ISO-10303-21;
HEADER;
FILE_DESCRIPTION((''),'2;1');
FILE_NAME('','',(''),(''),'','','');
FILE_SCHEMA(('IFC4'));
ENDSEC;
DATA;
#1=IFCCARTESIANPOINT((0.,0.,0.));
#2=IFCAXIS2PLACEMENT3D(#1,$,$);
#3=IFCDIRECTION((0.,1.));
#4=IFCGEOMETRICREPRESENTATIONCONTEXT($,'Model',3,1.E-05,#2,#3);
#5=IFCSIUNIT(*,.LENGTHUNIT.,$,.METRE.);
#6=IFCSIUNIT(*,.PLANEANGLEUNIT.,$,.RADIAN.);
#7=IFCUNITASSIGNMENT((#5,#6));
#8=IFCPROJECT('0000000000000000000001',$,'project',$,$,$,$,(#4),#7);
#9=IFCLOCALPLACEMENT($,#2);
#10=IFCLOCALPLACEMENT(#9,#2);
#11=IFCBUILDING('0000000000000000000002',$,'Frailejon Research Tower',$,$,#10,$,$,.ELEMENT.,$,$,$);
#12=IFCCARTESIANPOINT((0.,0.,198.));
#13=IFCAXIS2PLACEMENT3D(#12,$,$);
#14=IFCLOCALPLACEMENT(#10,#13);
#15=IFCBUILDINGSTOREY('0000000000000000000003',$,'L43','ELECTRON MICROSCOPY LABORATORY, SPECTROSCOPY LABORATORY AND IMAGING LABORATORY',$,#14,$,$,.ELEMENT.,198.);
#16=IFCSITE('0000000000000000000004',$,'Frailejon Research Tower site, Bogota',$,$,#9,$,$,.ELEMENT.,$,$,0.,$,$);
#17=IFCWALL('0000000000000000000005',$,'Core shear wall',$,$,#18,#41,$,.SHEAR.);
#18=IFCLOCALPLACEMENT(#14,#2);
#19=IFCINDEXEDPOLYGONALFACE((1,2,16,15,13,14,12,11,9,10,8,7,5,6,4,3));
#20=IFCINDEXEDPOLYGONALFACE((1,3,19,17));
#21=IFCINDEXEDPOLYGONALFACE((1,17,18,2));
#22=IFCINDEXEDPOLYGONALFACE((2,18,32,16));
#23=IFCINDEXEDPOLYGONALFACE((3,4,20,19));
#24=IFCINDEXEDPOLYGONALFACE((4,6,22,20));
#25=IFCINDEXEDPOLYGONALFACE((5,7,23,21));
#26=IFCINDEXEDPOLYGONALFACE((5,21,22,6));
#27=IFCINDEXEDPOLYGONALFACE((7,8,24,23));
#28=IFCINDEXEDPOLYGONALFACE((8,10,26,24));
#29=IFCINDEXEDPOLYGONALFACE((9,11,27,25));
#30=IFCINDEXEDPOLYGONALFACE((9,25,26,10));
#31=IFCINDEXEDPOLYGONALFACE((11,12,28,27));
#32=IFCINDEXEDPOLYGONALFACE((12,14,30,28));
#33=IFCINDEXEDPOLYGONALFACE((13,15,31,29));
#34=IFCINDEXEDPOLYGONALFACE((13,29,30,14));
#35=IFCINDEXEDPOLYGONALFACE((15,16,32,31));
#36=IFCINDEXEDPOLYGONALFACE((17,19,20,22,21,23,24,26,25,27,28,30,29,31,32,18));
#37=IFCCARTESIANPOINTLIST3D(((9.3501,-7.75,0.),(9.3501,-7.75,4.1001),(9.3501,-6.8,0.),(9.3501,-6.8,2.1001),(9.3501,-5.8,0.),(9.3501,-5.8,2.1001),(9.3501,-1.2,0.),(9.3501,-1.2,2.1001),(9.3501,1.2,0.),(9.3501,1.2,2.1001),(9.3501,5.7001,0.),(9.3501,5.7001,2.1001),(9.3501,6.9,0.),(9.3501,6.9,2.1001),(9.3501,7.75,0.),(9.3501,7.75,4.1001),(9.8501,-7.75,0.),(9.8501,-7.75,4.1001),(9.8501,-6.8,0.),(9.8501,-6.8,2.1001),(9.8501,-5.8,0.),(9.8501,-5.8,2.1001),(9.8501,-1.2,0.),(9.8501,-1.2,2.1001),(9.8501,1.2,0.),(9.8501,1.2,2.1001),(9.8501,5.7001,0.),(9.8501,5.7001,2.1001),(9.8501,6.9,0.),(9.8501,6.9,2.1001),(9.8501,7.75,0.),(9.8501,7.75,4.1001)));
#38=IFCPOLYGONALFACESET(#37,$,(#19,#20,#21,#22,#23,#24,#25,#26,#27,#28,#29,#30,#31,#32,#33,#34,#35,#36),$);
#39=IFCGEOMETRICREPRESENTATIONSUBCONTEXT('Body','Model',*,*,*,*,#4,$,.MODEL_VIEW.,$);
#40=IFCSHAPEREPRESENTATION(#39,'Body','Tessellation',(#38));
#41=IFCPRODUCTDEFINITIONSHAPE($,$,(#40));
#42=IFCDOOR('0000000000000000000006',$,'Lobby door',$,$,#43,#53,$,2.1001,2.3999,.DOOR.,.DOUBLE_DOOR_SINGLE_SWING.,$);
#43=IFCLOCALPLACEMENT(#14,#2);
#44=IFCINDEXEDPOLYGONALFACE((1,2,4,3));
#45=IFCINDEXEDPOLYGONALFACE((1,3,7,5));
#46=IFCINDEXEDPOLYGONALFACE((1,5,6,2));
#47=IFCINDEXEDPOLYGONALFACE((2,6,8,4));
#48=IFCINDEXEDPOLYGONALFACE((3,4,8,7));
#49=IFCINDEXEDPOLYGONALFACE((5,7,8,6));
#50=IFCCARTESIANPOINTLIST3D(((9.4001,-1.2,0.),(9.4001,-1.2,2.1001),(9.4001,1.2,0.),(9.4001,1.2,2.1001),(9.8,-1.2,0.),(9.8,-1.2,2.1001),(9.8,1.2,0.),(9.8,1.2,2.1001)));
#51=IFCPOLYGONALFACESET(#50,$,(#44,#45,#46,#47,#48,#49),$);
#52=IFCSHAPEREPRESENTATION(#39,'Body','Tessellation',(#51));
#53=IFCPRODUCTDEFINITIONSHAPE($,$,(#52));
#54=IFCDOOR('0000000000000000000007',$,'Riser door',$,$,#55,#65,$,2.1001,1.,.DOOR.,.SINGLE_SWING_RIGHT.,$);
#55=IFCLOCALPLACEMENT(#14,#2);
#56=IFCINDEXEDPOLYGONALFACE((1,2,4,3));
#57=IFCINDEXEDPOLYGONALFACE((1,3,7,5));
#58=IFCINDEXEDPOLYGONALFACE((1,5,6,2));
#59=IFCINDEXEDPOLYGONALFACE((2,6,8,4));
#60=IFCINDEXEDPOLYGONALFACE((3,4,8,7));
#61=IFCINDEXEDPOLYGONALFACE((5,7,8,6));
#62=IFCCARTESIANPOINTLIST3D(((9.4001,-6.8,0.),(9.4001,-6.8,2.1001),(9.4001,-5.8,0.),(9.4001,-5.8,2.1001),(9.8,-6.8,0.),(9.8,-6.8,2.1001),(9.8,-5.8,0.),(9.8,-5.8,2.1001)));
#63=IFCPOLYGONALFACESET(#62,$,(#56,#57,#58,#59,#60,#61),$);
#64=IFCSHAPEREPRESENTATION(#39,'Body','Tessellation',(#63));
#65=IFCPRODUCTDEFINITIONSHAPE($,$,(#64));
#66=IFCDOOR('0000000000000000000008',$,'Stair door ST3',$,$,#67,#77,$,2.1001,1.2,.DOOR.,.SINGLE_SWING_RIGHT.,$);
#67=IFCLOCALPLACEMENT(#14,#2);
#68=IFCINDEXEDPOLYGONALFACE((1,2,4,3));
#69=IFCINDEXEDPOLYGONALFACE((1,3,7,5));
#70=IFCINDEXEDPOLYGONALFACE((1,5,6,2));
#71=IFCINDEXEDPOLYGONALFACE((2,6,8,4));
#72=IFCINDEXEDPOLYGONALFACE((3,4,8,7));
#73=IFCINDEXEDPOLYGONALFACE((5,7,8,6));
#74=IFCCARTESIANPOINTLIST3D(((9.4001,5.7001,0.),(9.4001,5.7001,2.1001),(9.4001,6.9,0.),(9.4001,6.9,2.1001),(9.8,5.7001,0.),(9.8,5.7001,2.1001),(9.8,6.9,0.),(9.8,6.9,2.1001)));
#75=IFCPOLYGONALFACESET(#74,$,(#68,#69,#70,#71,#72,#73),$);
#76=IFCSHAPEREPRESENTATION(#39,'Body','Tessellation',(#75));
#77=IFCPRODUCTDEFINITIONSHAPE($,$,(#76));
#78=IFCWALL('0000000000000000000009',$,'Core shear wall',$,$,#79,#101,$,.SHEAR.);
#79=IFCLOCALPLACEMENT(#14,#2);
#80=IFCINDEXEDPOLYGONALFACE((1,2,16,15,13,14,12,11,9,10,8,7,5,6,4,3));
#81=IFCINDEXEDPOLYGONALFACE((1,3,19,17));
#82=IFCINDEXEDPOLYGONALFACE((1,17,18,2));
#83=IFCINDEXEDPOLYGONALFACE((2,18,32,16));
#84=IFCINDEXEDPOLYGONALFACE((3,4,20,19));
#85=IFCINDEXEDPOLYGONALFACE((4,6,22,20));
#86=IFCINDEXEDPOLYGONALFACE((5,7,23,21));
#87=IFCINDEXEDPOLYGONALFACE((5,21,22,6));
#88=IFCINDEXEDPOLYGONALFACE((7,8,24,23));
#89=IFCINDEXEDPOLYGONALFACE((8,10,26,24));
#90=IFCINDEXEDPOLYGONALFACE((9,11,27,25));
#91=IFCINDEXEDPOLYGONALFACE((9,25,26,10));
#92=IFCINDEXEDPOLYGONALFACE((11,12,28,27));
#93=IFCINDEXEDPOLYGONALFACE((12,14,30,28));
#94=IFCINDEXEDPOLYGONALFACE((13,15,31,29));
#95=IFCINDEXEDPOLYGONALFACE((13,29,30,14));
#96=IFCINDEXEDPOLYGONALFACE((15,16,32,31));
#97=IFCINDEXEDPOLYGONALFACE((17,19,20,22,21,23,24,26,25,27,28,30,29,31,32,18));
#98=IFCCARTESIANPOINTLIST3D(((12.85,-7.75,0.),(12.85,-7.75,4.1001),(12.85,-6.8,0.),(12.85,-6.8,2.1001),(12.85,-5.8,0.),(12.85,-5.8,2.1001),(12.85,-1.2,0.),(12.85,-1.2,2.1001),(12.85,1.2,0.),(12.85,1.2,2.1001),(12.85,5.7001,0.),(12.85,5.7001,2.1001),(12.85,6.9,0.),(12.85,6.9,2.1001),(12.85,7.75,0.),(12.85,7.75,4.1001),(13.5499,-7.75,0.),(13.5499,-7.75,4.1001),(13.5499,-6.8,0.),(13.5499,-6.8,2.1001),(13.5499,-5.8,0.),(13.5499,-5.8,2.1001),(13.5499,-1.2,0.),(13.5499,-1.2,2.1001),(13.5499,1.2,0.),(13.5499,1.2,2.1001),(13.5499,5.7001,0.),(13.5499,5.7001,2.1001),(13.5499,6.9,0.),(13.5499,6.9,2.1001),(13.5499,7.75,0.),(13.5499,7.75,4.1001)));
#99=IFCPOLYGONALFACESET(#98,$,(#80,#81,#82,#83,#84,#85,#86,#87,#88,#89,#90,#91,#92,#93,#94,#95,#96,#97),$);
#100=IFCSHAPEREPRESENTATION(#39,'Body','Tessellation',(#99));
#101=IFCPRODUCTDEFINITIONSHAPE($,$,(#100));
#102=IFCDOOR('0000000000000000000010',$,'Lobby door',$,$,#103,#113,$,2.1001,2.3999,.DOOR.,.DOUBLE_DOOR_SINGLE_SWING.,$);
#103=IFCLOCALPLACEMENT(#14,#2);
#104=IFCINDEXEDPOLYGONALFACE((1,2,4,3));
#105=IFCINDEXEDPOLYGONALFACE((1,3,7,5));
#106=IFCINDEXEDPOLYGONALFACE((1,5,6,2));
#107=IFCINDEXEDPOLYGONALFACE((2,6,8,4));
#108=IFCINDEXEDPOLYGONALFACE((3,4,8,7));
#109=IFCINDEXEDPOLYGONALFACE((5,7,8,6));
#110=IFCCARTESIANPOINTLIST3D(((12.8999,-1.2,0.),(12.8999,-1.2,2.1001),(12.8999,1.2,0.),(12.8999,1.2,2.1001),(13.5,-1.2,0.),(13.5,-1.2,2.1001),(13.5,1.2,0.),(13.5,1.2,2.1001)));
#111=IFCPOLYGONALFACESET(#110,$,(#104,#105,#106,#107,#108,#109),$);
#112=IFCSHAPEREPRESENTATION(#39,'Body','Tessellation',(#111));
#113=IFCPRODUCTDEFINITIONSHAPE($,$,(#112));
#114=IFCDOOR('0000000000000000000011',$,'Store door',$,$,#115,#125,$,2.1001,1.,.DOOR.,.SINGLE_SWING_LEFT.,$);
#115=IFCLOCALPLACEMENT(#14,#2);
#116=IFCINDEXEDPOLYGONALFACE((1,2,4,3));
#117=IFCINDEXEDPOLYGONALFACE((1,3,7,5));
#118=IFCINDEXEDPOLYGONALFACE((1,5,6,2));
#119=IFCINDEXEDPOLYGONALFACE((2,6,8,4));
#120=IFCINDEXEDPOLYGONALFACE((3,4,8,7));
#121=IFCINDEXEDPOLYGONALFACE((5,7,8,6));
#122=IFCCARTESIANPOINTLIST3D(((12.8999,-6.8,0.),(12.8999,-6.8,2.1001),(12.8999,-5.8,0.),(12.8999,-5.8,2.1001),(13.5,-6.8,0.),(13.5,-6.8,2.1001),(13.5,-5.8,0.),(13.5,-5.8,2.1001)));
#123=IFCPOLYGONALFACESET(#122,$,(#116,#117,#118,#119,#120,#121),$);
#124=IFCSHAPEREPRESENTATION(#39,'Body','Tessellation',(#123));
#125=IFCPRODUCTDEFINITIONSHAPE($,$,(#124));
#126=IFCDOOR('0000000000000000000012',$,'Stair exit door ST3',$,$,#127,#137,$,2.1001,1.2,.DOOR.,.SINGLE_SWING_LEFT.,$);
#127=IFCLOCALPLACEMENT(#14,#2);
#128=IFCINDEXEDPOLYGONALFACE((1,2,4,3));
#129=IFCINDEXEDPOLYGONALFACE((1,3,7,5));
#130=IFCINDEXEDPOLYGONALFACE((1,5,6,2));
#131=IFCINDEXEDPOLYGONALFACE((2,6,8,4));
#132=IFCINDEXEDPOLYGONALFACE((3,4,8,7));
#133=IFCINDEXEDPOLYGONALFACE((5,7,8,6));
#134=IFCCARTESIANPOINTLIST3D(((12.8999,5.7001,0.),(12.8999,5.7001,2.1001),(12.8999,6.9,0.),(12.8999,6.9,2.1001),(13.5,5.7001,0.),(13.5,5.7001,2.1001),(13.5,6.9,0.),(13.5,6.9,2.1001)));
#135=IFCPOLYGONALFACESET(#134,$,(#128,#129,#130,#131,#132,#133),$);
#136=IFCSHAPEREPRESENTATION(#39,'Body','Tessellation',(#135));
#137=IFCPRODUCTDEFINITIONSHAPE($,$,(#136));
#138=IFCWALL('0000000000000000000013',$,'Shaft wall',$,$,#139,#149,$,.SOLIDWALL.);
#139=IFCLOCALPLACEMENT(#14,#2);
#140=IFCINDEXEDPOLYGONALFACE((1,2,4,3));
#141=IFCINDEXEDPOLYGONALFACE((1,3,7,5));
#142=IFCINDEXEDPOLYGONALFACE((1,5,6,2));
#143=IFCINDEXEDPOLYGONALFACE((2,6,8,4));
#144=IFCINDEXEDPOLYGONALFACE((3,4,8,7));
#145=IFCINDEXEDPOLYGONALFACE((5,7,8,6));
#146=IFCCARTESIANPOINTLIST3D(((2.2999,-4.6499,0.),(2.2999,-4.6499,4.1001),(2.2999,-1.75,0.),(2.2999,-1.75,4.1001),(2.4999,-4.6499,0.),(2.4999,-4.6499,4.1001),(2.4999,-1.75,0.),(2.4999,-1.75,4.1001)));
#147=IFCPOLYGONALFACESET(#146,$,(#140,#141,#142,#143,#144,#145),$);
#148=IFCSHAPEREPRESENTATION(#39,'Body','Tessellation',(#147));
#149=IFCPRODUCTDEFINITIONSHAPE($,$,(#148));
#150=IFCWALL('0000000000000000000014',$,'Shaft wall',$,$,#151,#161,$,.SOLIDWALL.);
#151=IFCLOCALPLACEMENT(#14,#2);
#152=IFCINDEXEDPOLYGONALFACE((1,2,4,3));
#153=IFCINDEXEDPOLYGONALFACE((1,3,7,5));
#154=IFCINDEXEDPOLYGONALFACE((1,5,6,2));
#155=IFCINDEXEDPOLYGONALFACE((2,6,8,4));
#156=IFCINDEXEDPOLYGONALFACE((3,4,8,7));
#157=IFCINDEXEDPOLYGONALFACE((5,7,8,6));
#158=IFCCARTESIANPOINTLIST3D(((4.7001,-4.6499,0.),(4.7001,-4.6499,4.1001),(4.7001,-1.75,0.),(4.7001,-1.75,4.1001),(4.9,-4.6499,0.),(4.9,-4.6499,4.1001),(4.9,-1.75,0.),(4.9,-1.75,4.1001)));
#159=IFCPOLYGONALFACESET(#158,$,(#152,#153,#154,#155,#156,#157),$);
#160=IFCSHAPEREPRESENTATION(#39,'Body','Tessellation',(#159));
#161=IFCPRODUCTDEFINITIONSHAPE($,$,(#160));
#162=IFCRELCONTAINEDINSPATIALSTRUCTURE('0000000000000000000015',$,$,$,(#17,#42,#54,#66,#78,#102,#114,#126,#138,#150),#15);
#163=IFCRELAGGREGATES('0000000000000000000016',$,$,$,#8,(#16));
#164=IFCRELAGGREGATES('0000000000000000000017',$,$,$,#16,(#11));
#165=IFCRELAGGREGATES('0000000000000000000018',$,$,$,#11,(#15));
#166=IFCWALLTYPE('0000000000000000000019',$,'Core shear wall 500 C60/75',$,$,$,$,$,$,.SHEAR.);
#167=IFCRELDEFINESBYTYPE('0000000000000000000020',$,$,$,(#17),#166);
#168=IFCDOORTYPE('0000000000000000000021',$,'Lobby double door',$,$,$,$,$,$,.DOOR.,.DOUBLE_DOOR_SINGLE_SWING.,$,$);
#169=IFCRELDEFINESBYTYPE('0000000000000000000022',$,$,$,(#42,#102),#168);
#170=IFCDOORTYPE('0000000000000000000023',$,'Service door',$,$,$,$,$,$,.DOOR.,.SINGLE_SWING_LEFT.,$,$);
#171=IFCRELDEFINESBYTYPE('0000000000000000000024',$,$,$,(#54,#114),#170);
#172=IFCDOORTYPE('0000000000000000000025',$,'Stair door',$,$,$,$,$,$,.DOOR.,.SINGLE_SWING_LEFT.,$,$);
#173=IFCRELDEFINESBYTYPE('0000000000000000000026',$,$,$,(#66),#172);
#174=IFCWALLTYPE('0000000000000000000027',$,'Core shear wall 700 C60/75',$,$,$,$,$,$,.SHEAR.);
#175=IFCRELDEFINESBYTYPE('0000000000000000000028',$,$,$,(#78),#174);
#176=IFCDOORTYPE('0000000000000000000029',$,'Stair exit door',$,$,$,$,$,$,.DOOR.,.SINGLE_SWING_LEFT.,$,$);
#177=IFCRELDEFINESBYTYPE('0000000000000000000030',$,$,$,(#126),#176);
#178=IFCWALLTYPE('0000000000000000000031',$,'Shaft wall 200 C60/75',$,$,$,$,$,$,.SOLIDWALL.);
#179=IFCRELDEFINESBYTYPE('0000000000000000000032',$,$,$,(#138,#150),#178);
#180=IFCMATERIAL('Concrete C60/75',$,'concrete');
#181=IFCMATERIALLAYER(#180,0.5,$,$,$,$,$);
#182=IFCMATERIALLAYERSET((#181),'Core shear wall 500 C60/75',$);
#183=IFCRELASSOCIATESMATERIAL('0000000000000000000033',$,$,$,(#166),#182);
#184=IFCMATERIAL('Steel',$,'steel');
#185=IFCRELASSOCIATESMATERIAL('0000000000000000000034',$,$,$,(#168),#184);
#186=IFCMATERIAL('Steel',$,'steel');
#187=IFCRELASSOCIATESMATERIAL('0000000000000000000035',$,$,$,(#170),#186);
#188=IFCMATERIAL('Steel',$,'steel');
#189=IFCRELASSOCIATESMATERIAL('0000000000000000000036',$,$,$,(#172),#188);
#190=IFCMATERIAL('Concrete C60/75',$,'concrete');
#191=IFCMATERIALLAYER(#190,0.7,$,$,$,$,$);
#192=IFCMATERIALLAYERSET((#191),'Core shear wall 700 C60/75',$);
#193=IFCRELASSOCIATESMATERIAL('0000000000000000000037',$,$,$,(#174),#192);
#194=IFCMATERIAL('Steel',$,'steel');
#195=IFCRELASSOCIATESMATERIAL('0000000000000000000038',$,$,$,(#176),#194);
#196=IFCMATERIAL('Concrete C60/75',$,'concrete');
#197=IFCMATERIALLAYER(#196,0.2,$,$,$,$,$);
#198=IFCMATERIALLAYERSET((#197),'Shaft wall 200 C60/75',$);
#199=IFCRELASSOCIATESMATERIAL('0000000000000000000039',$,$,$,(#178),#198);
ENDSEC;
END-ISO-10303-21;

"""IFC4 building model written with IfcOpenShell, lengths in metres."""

from ifc_helpers import new_model, si_unit, direction, frame, frame_2d, origin, place, context, subcontext, project, spatial, rectangle, extrude, material, layer, layer_set, type_object, element, fill, save


model = new_model("IFC4")

# Units and contexts
model_context = context("Model", 3, precision=1e-05, world=origin(), true_north=direction((0.0, 1.0)))
body_context = subcontext(model_context, "Body", "Model", "MODEL_VIEW")
ifc_project = project(units=[si_unit("LENGTHUNIT", "METRE"), si_unit("PLANEANGLEUNIT", "RADIAN")], contexts=[model_context])

# Site, building, storey
site_placement = place(None, origin())
site = spatial("IfcSite", under=ifc_project, at=site_placement, Name="Frailejon Research Tower site, Bogota", CompositionType="ELEMENT", RefElevation=0.0)
building_placement = place(site_placement, origin())
building = spatial("IfcBuilding", under=site, at=building_placement, Name="Frailejon Research Tower", CompositionType="ELEMENT")
storey_placement = place(building_placement, frame((0.0, 0.0, 198.0)))
storey = spatial("IfcBuildingStorey", under=building, at=storey_placement, Name="L43", Description="ELECTRON MICROSCOPY LABORATORY, SPECTROSCOPY LABORATORY AND IMAGING LABORATORY", CompositionType="ELEMENT", Elevation=198.0)

# Walls, openings, doors
ifc_material_1 = material(Name="Concrete C60/75", Category="concrete")
ifc_layer_1 = layer(ifc_material_1, 0.5)
ifc_layer_set_1 = layer_set([ifc_layer_1], Name="Core shear wall 500 C60/75")
wall_type_1 = type_object("IfcWallType", Name="Core shear wall 500 C60/75", PredefinedType="SHEAR", material=ifc_layer_set_1)
wall_1_placement = place(storey_placement, frame((9.6001, -7.75, 0.0), z_axis=(0.0, 0.0, 1.0), x_axis=(0.0, 1.0, 0.0)))
wall_1 = element("IfcWall", 1, at=wall_1_placement, inside=storey, type_object=wall_type_1, Name="Core shear wall", PredefinedType="SHEAR", context=body_context, shape_type="SweptSolid", body=[
    extrude(rectangle(XDim=15.5, YDim=0.5, at=frame_2d((7.75, 0.0))), origin(), (0.0, 0.0, 1.0), 4.1001),
])
opening_1_placement = place(wall_1_placement, frame((6.55, 0.0, 0.0)))
opening_1 = element("IfcOpeningElement", 2, at=opening_1_placement, cuts=wall_1, PredefinedType="OPENING", context=body_context, shape_type="SweptSolid", body=[
    extrude(rectangle(XDim=2.3999, YDim=2.1001, at=frame_2d((1.2, 1.05))), frame((0.0, 0.26, 0.0), z_axis=(0.0, -1.0, 0.0), x_axis=(1.0, 0.0, 0.0)), (0.0, 0.0, 1.0), 0.52),
])
opening_2_placement = place(wall_1_placement, frame((13.45, 0.0, 0.0)))
opening_2 = element("IfcOpeningElement", 3, at=opening_2_placement, cuts=wall_1, PredefinedType="OPENING", context=body_context, shape_type="SweptSolid", body=[
    extrude(rectangle(XDim=1.2, YDim=2.1001, at=frame_2d((0.6001, 1.05))), frame((0.0, 0.26, 0.0), z_axis=(0.0, -1.0, 0.0), x_axis=(1.0, 0.0, 0.0)), (0.0, 0.0, 1.0), 0.52),
])
opening_3_placement = place(wall_1_placement, frame((0.95, 0.0, 0.0)))
opening_3 = element("IfcOpeningElement", 4, at=opening_3_placement, cuts=wall_1, PredefinedType="OPENING", context=body_context, shape_type="SweptSolid", body=[
    extrude(rectangle(XDim=1.0, YDim=2.1001, at=frame_2d((0.5, 1.05))), frame((0.0, 0.26, 0.0), z_axis=(0.0, -1.0, 0.0), x_axis=(1.0, 0.0, 0.0)), (0.0, 0.0, 1.0), 0.52),
])
ifc_material_2 = material(Name="Steel", Category="steel")
door_type_1 = type_object("IfcDoorType", Name="Lobby double door", OperationType="DOUBLE_DOOR_SINGLE_SWING", PredefinedType="DOOR", material=ifc_material_2)
door_1_placement = place(opening_1_placement, origin())
door_1 = element("IfcDoor", 5, at=door_1_placement, inside=storey, type_object=door_type_1, Name="Lobby door", OperationType="DOUBLE_DOOR_SINGLE_SWING", OverallHeight=2.1001, OverallWidth=2.3999, PredefinedType="DOOR", context=body_context, shape_type="SweptSolid", body=[
    extrude(rectangle(XDim=2.3999, YDim=2.1001, at=frame_2d((1.2, 1.05))), frame((0.0, 0.2, 0.0), z_axis=(0.0, -1.0, 0.0), x_axis=(1.0, 0.0, 0.0)), (0.0, 0.0, 1.0), 0.3999),
])
fill(opening_1, door_1)
ifc_material_3 = material(Name="Steel", Category="steel")
door_type_2 = type_object("IfcDoorType", Name="Service door", OperationType="SINGLE_SWING_LEFT", PredefinedType="DOOR", material=ifc_material_3)
door_2_placement = place(opening_3_placement, origin())
door_2 = element("IfcDoor", 6, at=door_2_placement, inside=storey, type_object=door_type_2, Name="Riser door", OperationType="SINGLE_SWING_RIGHT", OverallHeight=2.1001, OverallWidth=1.0, PredefinedType="DOOR", context=body_context, shape_type="SweptSolid", body=[
    extrude(rectangle(XDim=1.0, YDim=2.1001, at=frame_2d((0.5, 1.05))), frame((0.0, 0.2, 0.0), z_axis=(0.0, -1.0, 0.0), x_axis=(1.0, 0.0, 0.0)), (0.0, 0.0, 1.0), 0.3999),
])
fill(opening_3, door_2)
ifc_material_4 = material(Name="Steel", Category="steel")
door_type_3 = type_object("IfcDoorType", Name="Stair door", OperationType="SINGLE_SWING_LEFT", PredefinedType="DOOR", material=ifc_material_4)
door_3_placement = place(opening_2_placement, origin())
door_3 = element("IfcDoor", 7, at=door_3_placement, inside=storey, type_object=door_type_3, Name="Stair door ST3", OperationType="SINGLE_SWING_RIGHT", OverallHeight=2.1001, OverallWidth=1.2, PredefinedType="DOOR", context=body_context, shape_type="SweptSolid", body=[
    extrude(rectangle(XDim=1.2, YDim=2.1001, at=frame_2d((0.6001, 1.05))), frame((0.0, 0.2, 0.0), z_axis=(0.0, -1.0, 0.0), x_axis=(1.0, 0.0, 0.0)), (0.0, 0.0, 1.0), 0.3999),
])
fill(opening_2, door_3)
ifc_material_5 = material(Name="Concrete C60/75", Category="concrete")
ifc_layer_2 = layer(ifc_material_5, 0.7)
ifc_layer_set_2 = layer_set([ifc_layer_2], Name="Core shear wall 700 C60/75")
wall_type_2 = type_object("IfcWallType", Name="Core shear wall 700 C60/75", PredefinedType="SHEAR", material=ifc_layer_set_2)
wall_2_placement = place(storey_placement, frame((13.2, -7.75, 0.0), z_axis=(0.0, 0.0, 1.0), x_axis=(0.0, 1.0, 0.0)))
wall_2 = element("IfcWall", 8, at=wall_2_placement, inside=storey, type_object=wall_type_2, Name="Core shear wall", PredefinedType="SHEAR", context=body_context, shape_type="SweptSolid", body=[
    extrude(rectangle(XDim=15.5, YDim=0.7, at=frame_2d((7.75, 0.0))), origin(), (0.0, 0.0, 1.0), 4.1001),
])
opening_4_placement = place(wall_2_placement, frame((6.55, 0.0, 0.0)))
opening_4 = element("IfcOpeningElement", 9, at=opening_4_placement, cuts=wall_2, PredefinedType="OPENING", context=body_context, shape_type="SweptSolid", body=[
    extrude(rectangle(XDim=2.3999, YDim=2.1001, at=frame_2d((1.2, 1.05))), frame((0.0, 0.3599, 0.0), z_axis=(0.0, -1.0, 0.0), x_axis=(1.0, 0.0, 0.0)), (0.0, 0.0, 1.0), 0.72),
])
opening_5_placement = place(wall_2_placement, frame((13.45, 0.0, 0.0)))
opening_5 = element("IfcOpeningElement", 10, at=opening_5_placement, cuts=wall_2, PredefinedType="OPENING", context=body_context, shape_type="SweptSolid", body=[
    extrude(rectangle(XDim=1.2, YDim=2.1001, at=frame_2d((0.6001, 1.05))), frame((0.0, 0.3599, 0.0), z_axis=(0.0, -1.0, 0.0), x_axis=(1.0, 0.0, 0.0)), (0.0, 0.0, 1.0), 0.72),
])
opening_6_placement = place(wall_2_placement, frame((0.95, 0.0, 0.0)))
opening_6 = element("IfcOpeningElement", 11, at=opening_6_placement, cuts=wall_2, PredefinedType="OPENING", context=body_context, shape_type="SweptSolid", body=[
    extrude(rectangle(XDim=1.0, YDim=2.1001, at=frame_2d((0.5, 1.05))), frame((0.0, 0.3599, 0.0), z_axis=(0.0, -1.0, 0.0), x_axis=(1.0, 0.0, 0.0)), (0.0, 0.0, 1.0), 0.72),
])
door_4_placement = place(opening_4_placement, origin())
door_4 = element("IfcDoor", 12, at=door_4_placement, inside=storey, type_object=door_type_1, Name="Lobby door", OperationType="DOUBLE_DOOR_SINGLE_SWING", OverallHeight=2.1001, OverallWidth=2.3999, PredefinedType="DOOR", context=body_context, shape_type="SweptSolid", body=[
    extrude(rectangle(XDim=2.3999, YDim=2.1001, at=frame_2d((1.2, 1.05))), frame((0.0, 0.3, 0.0), z_axis=(0.0, -1.0, 0.0), x_axis=(1.0, 0.0, 0.0)), (0.0, 0.0, 1.0), 0.6001),
])
fill(opening_4, door_4)
door_5_placement = place(opening_6_placement, origin())
door_5 = element("IfcDoor", 13, at=door_5_placement, inside=storey, type_object=door_type_2, Name="Store door", OperationType="SINGLE_SWING_LEFT", OverallHeight=2.1001, OverallWidth=1.0, PredefinedType="DOOR", context=body_context, shape_type="SweptSolid", body=[
    extrude(rectangle(XDim=1.0, YDim=2.1001, at=frame_2d((0.5, 1.05))), frame((0.0, 0.3, 0.0), z_axis=(0.0, -1.0, 0.0), x_axis=(1.0, 0.0, 0.0)), (0.0, 0.0, 1.0), 0.6001),
])
fill(opening_6, door_5)
ifc_material_6 = material(Name="Steel", Category="steel")
door_type_4 = type_object("IfcDoorType", Name="Stair exit door", OperationType="SINGLE_SWING_LEFT", PredefinedType="DOOR", material=ifc_material_6)
door_6_placement = place(opening_5_placement, origin())
door_6 = element("IfcDoor", 14, at=door_6_placement, inside=storey, type_object=door_type_4, Name="Stair exit door ST3", OperationType="SINGLE_SWING_LEFT", OverallHeight=2.1001, OverallWidth=1.2, PredefinedType="DOOR", context=body_context, shape_type="SweptSolid", body=[
    extrude(rectangle(XDim=1.2, YDim=2.1001, at=frame_2d((0.6001, 1.05))), frame((0.0, 0.3, 0.0), z_axis=(0.0, -1.0, 0.0), x_axis=(1.0, 0.0, 0.0)), (0.0, 0.0, 1.0), 0.6001),
])
fill(opening_5, door_6)

# Walls
ifc_material_7 = material(Name="Concrete C60/75", Category="concrete")
ifc_layer_3 = layer(ifc_material_7, 0.2)
ifc_layer_set_3 = layer_set([ifc_layer_3], Name="Shaft wall 200 C60/75")
wall_type_3 = type_object("IfcWallType", Name="Shaft wall 200 C60/75", PredefinedType="SOLIDWALL", material=ifc_layer_set_3)
for number, where, z_axis, x_axis, name in (
    (15, (2.3999, -4.6499, 0.0), (0.0, 0.0, 1.0), (0.0, 1.0, 0.0), "Shaft wall"),
    (16, (4.8, -4.6499, 0.0), (0.0, 0.0, 1.0), (0.0, 1.0, 0.0), "Shaft wall"),
):
    element("IfcWall", number, at=place(storey_placement, frame(where, z_axis=z_axis, x_axis=x_axis)), inside=storey, type_object=wall_type_3, Name=name, PredefinedType="SOLIDWALL", context=body_context, shape_type="SweptSolid", body=[
        extrude(rectangle(XDim=2.8999, YDim=0.2, at=frame_2d((1.45, 0.0))), origin(), (0.0, 0.0, 1.0), 4.1001),
    ])

save(model, "model.ifc")
